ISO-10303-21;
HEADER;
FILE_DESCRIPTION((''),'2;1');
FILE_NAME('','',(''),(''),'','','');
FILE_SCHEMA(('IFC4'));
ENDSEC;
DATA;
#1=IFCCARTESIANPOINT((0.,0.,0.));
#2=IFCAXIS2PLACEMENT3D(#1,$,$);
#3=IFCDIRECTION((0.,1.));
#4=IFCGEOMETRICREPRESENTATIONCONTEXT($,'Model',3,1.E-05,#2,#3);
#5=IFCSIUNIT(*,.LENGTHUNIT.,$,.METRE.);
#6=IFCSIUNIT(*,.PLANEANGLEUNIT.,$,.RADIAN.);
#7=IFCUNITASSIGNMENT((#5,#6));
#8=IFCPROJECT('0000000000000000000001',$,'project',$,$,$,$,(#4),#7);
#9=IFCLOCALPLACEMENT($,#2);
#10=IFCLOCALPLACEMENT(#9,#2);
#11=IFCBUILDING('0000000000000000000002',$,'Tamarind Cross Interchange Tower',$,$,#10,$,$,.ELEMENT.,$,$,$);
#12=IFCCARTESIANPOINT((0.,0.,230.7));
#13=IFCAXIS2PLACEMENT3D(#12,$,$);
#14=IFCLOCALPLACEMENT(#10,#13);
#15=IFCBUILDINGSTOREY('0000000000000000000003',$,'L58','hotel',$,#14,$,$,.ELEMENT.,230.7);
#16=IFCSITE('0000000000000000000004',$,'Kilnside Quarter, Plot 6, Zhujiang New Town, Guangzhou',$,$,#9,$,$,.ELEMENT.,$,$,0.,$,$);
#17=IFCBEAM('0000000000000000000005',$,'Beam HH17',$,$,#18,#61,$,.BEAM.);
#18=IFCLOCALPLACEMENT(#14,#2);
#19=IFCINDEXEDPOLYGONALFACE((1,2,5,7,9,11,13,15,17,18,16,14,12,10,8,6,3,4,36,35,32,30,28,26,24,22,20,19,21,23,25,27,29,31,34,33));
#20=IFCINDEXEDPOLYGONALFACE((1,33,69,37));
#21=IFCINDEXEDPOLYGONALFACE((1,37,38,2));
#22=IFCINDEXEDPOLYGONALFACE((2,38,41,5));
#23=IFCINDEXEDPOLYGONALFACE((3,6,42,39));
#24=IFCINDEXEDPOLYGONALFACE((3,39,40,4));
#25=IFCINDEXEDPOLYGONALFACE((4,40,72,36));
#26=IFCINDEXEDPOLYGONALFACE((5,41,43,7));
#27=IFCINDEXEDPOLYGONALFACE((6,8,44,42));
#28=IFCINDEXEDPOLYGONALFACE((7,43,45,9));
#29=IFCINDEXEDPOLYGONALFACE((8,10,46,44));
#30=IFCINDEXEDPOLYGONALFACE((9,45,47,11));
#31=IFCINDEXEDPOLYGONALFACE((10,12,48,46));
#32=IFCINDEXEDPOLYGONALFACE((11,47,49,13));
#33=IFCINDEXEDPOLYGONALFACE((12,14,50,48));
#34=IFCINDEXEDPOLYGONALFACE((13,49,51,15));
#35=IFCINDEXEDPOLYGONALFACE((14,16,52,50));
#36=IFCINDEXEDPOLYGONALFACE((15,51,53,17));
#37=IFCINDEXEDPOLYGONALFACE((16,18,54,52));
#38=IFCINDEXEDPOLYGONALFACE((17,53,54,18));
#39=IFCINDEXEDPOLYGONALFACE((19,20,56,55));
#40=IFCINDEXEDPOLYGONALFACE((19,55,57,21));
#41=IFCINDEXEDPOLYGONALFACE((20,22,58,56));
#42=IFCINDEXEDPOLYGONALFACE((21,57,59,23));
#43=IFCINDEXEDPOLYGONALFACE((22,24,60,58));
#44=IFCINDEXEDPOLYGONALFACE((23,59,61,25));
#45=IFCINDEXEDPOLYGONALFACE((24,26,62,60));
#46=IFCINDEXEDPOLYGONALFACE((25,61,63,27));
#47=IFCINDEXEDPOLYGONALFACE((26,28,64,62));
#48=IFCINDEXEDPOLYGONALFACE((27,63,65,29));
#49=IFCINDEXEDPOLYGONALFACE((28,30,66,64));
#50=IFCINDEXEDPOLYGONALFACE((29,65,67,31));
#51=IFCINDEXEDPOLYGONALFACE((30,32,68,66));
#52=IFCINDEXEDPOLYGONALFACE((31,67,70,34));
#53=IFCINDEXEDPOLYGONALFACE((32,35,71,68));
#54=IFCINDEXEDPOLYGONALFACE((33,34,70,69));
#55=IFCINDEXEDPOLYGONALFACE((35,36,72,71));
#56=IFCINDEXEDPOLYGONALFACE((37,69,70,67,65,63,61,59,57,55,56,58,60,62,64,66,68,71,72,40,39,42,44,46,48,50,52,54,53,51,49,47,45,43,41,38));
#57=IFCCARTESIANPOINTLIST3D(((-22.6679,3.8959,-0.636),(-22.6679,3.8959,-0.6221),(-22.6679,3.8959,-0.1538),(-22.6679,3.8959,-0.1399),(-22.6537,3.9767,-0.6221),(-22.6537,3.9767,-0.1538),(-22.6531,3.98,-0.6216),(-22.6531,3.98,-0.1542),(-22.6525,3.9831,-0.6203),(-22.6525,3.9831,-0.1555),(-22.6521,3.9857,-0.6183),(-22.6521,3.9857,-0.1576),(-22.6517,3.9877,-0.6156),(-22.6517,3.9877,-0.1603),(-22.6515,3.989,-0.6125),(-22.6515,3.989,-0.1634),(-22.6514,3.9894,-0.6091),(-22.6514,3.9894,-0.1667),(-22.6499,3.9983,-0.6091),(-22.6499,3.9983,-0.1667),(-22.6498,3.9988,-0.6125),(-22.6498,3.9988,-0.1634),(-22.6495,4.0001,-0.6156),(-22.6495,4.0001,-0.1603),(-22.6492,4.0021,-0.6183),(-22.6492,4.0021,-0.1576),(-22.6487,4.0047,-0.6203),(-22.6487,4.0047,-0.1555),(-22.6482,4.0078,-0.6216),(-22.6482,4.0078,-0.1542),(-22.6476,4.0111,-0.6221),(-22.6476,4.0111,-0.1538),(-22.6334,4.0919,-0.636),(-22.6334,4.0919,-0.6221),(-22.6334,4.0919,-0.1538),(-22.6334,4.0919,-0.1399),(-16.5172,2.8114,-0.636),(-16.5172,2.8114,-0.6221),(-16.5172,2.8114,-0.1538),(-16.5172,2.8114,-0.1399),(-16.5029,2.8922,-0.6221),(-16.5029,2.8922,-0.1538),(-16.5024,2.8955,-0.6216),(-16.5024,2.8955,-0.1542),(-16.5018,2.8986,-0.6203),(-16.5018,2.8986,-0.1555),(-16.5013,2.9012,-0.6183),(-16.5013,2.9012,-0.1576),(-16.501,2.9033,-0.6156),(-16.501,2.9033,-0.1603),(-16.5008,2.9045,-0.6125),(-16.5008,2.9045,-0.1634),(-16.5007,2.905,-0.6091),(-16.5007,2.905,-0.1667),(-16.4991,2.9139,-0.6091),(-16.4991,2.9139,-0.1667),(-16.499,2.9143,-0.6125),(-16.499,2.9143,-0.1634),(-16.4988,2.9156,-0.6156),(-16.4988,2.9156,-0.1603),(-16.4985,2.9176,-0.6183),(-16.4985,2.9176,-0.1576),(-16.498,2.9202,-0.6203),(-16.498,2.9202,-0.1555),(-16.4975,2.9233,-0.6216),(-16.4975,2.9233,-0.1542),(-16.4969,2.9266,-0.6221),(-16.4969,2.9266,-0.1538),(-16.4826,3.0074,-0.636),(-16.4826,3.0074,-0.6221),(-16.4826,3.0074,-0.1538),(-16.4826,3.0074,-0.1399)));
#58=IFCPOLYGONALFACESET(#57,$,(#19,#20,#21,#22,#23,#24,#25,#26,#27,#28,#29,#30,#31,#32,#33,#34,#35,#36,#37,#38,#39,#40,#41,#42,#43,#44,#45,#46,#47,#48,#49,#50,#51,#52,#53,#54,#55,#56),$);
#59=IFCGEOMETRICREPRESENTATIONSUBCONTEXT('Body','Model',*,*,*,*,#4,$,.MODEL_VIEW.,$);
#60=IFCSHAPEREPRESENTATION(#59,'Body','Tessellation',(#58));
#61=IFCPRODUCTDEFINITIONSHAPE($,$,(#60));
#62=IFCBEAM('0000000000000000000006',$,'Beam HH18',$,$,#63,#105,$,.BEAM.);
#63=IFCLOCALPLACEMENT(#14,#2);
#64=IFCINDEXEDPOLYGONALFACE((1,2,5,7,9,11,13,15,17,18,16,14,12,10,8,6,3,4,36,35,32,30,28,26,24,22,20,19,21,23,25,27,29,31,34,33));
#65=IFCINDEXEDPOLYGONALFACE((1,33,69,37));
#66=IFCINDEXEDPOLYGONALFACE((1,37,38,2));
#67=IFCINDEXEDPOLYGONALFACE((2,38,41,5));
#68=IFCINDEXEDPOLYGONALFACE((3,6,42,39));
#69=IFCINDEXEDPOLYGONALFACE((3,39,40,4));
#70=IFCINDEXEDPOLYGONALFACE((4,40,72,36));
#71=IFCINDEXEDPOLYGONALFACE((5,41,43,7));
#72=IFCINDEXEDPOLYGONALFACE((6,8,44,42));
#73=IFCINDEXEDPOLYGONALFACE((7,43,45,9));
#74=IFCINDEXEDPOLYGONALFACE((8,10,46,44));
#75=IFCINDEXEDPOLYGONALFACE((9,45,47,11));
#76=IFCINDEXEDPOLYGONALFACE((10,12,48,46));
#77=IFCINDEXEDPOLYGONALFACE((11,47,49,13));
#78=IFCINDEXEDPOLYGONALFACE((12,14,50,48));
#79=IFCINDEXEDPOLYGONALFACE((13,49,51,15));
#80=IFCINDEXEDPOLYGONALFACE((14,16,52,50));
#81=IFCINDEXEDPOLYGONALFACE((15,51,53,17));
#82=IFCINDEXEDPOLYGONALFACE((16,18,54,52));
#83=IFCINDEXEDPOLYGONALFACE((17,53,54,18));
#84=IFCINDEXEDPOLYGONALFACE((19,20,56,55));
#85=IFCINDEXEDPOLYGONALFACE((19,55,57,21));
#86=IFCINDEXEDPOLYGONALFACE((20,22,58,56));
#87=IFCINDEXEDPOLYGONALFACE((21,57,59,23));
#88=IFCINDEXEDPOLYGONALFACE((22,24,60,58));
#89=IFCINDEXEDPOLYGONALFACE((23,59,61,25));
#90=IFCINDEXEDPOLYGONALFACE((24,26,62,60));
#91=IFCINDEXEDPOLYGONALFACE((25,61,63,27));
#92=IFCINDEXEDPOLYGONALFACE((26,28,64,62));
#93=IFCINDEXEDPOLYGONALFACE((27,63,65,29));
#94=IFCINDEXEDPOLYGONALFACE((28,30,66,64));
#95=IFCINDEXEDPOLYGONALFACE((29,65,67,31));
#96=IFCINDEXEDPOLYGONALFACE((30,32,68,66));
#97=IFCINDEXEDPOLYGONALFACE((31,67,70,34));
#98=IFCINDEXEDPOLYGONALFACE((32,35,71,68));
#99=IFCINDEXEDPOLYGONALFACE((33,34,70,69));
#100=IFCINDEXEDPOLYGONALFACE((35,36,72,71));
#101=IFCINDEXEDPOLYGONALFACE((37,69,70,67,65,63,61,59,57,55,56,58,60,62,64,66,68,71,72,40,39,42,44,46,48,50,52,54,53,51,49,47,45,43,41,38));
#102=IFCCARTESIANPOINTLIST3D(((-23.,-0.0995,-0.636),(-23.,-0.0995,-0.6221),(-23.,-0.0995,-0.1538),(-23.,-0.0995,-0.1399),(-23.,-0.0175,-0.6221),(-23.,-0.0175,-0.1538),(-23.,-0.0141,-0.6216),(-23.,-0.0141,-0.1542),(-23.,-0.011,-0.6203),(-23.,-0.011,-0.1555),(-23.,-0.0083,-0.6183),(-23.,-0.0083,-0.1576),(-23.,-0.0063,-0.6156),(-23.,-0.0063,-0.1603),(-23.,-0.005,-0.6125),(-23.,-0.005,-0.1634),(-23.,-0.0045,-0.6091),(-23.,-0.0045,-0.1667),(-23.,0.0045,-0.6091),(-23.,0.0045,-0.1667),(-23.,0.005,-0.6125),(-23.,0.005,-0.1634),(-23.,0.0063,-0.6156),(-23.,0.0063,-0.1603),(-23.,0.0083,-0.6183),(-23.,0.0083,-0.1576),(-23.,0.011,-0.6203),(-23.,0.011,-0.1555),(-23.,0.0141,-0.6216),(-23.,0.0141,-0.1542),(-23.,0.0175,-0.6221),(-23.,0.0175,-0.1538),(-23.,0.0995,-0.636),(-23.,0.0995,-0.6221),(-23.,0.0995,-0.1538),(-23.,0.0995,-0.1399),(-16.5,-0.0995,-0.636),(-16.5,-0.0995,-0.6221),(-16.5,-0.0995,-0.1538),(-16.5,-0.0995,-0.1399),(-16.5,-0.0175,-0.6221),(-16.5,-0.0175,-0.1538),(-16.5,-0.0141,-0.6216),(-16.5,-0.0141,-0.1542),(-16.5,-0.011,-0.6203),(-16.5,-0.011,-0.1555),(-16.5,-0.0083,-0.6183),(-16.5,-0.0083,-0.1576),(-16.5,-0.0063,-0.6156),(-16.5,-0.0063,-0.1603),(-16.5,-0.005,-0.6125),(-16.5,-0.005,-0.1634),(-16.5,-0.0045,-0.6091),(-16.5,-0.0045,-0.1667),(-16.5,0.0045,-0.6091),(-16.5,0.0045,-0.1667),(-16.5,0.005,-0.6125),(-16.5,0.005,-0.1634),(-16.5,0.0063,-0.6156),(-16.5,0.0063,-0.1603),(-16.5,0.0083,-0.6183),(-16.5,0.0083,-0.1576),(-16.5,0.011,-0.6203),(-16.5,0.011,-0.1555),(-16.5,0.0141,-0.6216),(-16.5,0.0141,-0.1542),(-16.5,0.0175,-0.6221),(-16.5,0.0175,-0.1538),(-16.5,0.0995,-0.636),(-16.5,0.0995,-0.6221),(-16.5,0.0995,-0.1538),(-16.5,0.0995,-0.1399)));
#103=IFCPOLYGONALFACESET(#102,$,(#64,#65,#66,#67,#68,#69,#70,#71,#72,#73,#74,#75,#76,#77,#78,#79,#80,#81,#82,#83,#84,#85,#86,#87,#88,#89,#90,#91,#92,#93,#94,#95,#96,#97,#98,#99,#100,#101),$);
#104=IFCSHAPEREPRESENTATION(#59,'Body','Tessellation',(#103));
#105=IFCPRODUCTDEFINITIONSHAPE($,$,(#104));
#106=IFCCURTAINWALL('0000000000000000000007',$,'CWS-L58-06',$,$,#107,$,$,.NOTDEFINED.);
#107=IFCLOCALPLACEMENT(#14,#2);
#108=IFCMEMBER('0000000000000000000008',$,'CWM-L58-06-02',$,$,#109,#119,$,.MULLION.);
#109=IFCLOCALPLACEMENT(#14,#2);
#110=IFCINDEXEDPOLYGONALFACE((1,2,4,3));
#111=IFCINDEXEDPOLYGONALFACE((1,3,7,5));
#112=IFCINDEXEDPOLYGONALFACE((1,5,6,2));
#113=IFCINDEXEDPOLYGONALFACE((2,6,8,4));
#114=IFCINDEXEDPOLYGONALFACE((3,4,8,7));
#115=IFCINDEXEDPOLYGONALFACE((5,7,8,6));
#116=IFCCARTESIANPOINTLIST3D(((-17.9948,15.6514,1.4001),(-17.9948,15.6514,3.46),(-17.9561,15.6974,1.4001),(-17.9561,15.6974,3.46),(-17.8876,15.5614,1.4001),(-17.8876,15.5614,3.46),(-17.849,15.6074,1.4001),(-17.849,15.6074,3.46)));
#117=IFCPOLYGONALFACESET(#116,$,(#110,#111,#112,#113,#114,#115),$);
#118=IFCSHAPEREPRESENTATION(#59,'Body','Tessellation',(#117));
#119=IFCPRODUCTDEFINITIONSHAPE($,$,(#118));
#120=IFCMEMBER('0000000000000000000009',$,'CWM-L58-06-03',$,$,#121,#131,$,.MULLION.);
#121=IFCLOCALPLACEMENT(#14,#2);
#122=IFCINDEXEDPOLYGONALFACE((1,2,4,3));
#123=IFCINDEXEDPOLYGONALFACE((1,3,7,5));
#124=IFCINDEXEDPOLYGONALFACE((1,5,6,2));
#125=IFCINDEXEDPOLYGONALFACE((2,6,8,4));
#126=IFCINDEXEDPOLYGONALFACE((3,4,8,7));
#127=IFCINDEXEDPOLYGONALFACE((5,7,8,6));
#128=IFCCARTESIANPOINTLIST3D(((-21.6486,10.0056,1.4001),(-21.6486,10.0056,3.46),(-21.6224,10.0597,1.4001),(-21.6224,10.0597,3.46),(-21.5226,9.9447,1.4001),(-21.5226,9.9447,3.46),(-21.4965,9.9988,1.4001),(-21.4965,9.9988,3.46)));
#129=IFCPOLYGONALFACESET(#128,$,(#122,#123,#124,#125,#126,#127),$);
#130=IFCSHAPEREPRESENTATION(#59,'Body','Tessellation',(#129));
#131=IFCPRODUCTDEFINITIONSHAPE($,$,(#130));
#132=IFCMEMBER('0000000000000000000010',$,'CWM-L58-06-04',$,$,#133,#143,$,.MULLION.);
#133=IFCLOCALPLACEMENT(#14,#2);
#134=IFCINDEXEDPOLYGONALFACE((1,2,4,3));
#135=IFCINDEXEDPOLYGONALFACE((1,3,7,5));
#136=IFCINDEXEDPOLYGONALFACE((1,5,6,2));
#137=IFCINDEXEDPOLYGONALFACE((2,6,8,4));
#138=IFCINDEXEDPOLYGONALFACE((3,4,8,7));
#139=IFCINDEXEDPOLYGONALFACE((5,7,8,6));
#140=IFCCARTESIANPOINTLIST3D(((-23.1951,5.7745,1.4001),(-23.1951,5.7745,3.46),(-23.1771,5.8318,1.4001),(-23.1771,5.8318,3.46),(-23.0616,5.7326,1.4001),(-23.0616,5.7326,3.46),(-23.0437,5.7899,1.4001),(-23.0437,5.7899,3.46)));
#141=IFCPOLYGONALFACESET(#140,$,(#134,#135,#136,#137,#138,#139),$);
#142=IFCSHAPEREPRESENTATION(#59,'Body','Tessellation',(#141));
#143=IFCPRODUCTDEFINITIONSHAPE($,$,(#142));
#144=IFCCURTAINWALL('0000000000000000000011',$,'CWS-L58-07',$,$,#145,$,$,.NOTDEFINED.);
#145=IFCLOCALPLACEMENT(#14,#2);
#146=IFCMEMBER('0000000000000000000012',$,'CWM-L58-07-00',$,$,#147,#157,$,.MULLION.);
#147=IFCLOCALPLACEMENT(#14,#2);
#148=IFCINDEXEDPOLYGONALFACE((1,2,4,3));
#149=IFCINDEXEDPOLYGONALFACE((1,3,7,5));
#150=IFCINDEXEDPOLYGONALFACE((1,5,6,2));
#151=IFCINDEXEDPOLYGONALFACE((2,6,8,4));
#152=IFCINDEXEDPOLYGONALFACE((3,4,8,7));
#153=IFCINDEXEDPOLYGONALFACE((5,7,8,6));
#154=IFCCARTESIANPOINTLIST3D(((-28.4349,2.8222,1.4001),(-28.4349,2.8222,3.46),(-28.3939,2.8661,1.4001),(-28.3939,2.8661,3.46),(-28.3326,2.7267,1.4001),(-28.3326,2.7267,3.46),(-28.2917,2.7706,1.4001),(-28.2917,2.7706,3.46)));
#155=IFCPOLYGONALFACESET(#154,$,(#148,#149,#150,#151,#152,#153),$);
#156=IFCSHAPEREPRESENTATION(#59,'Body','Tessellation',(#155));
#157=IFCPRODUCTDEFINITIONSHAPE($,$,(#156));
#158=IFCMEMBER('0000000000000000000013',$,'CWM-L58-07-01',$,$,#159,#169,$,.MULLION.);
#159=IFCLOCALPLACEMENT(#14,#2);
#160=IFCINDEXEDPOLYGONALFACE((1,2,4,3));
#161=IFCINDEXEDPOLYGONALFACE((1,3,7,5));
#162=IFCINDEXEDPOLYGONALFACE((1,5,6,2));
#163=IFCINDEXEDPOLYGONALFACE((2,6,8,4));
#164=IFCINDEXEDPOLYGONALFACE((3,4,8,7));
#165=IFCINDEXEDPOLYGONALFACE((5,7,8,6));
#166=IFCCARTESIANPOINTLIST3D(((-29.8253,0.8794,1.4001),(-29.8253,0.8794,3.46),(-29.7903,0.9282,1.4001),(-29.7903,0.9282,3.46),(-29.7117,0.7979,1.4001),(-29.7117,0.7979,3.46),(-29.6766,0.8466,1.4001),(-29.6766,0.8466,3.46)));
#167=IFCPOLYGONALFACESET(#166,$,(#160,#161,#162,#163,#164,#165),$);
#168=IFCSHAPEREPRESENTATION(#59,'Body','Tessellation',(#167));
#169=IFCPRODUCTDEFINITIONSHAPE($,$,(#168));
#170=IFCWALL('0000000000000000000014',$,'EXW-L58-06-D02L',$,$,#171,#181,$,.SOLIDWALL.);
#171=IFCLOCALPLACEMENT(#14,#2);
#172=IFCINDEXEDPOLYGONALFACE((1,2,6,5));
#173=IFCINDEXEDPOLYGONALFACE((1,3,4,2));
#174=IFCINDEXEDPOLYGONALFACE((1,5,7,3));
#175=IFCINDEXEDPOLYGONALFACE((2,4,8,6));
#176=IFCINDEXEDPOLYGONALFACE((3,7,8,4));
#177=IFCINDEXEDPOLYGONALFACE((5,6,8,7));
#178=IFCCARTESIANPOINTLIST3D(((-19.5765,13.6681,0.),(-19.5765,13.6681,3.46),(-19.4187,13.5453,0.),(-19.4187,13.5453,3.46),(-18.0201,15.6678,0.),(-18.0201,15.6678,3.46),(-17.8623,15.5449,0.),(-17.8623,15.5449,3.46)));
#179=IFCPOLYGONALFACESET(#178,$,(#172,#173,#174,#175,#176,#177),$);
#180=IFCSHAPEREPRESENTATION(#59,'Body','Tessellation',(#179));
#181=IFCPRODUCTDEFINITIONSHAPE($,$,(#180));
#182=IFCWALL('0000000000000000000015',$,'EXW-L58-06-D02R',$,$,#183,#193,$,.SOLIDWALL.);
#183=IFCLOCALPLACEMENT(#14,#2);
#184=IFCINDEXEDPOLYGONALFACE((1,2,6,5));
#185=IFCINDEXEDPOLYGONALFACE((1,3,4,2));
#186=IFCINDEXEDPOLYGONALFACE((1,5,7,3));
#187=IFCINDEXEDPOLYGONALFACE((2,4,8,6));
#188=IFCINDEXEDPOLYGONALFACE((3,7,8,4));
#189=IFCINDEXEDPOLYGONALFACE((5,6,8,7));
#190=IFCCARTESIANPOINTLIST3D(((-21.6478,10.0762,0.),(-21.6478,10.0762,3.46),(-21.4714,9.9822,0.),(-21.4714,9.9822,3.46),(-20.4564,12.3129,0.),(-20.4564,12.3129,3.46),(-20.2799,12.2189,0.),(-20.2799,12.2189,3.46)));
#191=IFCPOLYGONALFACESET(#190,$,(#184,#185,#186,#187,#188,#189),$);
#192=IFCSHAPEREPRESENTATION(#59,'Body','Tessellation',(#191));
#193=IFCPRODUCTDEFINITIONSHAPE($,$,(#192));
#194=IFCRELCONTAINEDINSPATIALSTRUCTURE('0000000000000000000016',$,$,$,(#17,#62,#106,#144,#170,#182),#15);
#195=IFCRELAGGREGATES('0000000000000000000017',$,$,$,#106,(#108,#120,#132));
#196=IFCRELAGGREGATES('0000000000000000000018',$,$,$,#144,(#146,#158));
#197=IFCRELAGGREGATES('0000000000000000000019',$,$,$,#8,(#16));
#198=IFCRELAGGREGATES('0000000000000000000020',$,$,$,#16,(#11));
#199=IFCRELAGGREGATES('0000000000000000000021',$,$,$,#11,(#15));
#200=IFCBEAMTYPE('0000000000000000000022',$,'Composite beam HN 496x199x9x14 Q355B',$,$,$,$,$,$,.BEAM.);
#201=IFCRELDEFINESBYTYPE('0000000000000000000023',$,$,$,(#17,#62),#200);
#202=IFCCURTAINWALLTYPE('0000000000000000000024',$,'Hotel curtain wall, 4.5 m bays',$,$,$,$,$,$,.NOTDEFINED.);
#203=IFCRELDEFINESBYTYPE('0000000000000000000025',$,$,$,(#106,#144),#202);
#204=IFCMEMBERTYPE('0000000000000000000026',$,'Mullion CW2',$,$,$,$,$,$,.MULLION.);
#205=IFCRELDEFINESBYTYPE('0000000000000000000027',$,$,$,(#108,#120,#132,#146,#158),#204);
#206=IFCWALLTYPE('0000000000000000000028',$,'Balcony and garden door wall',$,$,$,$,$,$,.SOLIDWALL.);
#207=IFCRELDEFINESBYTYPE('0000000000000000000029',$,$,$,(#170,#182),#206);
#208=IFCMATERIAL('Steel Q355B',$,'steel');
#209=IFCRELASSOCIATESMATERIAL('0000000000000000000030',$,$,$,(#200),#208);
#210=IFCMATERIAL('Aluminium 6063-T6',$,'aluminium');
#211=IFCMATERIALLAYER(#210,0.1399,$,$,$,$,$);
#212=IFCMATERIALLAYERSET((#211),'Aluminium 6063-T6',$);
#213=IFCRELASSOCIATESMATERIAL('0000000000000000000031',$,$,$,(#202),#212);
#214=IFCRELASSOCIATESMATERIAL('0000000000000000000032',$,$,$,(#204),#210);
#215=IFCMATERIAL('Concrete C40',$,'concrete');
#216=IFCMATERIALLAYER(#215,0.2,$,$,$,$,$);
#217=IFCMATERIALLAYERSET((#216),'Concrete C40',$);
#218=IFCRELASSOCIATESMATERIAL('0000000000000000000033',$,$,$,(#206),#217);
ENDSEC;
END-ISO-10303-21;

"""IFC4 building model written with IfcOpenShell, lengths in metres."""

from ifc_helpers import new_model, si_unit, direction, frame, frame_2d, origin, origin_2d, place, context, subcontext, project, spatial, rectangle, i_section, extrude, material, layer, layer_set, material_profile, profile_set, type_object, element, aggregate, save


model = new_model("IFC4")

# Units and contexts
model_context = context("Model", 3, precision=1e-05, world=origin(), true_north=direction((0.0, 1.0)))
body_context = subcontext(model_context, "Body", "Model", "MODEL_VIEW")
ifc_project = project(units=[si_unit("LENGTHUNIT", "METRE"), si_unit("PLANEANGLEUNIT", "RADIAN")], contexts=[model_context])

# Site, building, storey
site_placement = place(None, origin())
site = spatial("IfcSite", under=ifc_project, at=site_placement, Name="Kilnside Quarter, Plot 6, Zhujiang New Town, Guangzhou", CompositionType="ELEMENT", RefElevation=0.0)
building_placement = place(site_placement, origin())
building = spatial("IfcBuilding", under=site, at=building_placement, Name="Tamarind Cross Interchange Tower", CompositionType="ELEMENT")
storey_placement = place(building_placement, frame((0.0, 0.0, 230.7)))
storey = spatial("IfcBuildingStorey", under=building, at=storey_placement, Name="L58", Description="hotel", CompositionType="ELEMENT", Elevation=230.7)

# Beams
ifc_material_1 = material(Name="Steel Q355B", Category="steel")
ifc_material_profile_1 = material_profile(ifc_material_1, i_section(OverallWidth=0.199, OverallDepth=0.4961, WebThickness=0.009, FlangeThickness=0.0139, FilletRadius=0.0129, at=origin_2d()), Name="HN 496x199x9x14")
ifc_profile_set_1 = profile_set([ifc_material_profile_1], Name="Steel Q355B")
beam_type = type_object("IfcBeamType", Name="Composite beam HN 496x199x9x14 Q355B", PredefinedType="BEAM", material=ifc_profile_set_1)
beam_1_placement = place(storey_placement, frame((-22.6506, 3.9939, -0.3879), z_axis=(0.984809, -0.17364, 0.0), x_axis=(0.17364, 0.984809, 0.0)))
element("IfcBeam", 1, at=beam_1_placement, inside=storey, type_object=beam_type, Name="Beam HH17", PredefinedType="BEAM", context=body_context, shape_type="SweptSolid", body=[
    extrude(i_section(OverallWidth=0.199, OverallDepth=0.4961, WebThickness=0.009, FlangeThickness=0.0139, FilletRadius=0.0129, at=origin_2d()), origin(), (0.0, 0.0, 1.0), 6.2456),
])
beam_2_placement = place(storey_placement, frame((-23.0, 0.0, -0.3879), z_axis=(1.0, 0.0, 0.0), x_axis=(0.0, 1.0, 0.0)))
element("IfcBeam", 2, at=beam_2_placement, inside=storey, type_object=beam_type, Name="Beam HH18", PredefinedType="BEAM", context=body_context, shape_type="SweptSolid", body=[
    extrude(i_section(OverallWidth=0.199, OverallDepth=0.4961, WebThickness=0.009, FlangeThickness=0.0139, FilletRadius=0.0129, at=origin_2d()), origin(), (0.0, 0.0, 1.0), 6.5),
])

# Curtain walls, members
ifc_material_2 = material(Name="Aluminium 6063-T6", Category="aluminium")
ifc_layer_1 = layer(ifc_material_2, 0.1399)
ifc_layer_set_1 = layer_set([ifc_layer_1], Name="Aluminium 6063-T6")
curtain_wall_type = type_object("IfcCurtainWallType", Name="Hotel curtain wall, 4.5 m bays", PredefinedType="NOTDEFINED", material=ifc_layer_set_1)
curtain_wall_1_placement = place(storey_placement, origin())
curtain_wall_1 = element("IfcCurtainWall", 3, at=curtain_wall_1_placement, inside=storey, type_object=curtain_wall_type, Name="CWS-L58-06", PredefinedType="NOTDEFINED")
ifc_material_profile_2 = material_profile(ifc_material_2, rectangle(XDim=0.0601, YDim=0.1399, at=origin_2d()), Name="Mullion CW2")
ifc_profile_set_2 = profile_set([ifc_material_profile_2], Name="Aluminium 6063-T6")
member_type = type_object("IfcMemberType", Name="Mullion CW2", PredefinedType="MULLION", material=ifc_profile_set_2)
member_1_placement = place(storey_placement, frame((-17.9219, 15.6294, 1.4001), z_axis=(0.0, 0.0, 1.0), x_axis=(-0.643009, -0.765858, 0.0)))
member_1 = element("IfcMember", 4, at=member_1_placement, type_object=member_type, Name="CWM-L58-06-02", PredefinedType="MULLION", context=body_context, shape_type="SweptSolid", body=[
    extrude(rectangle(XDim=0.0601, YDim=0.1399, at=origin_2d()), origin(), (0.0, 0.0, 1.0), 2.0598),
])
member_2_placement = place(storey_placement, frame((-21.5725, 10.0022, 1.4001), z_axis=(0.0, 0.0, 1.0), x_axis=(-0.435326, -0.900273, 0.0)))
member_2 = element("IfcMember", 5, at=member_2_placement, type_object=member_type, Name="CWM-L58-06-03", PredefinedType="MULLION", context=body_context, shape_type="SweptSolid", body=[
    extrude(rectangle(XDim=0.0601, YDim=0.1399, at=origin_2d()), origin(), (0.0, 0.0, 1.0), 2.0598),
])
member_3_placement = place(storey_placement, frame((-23.1194, 5.7822, 1.4001), z_axis=(0.0, 0.0, 1.0), x_axis=(-0.299407, -0.954125, 0.0)))
member_3 = element("IfcMember", 6, at=member_3_placement, type_object=member_type, Name="CWM-L58-06-04", PredefinedType="MULLION", context=body_context, shape_type="SweptSolid", body=[
    extrude(rectangle(XDim=0.0601, YDim=0.1399, at=origin_2d()), origin(), (0.0, 0.0, 1.0), 2.0598),
])
aggregate(curtain_wall_1, [member_1, member_2, member_3])
curtain_wall_2_placement = place(storey_placement, origin())
curtain_wall_2 = element("IfcCurtainWall", 7, at=curtain_wall_2_placement, inside=storey, type_object=curtain_wall_type, Name="CWS-L58-07", PredefinedType="NOTDEFINED")
member_4_placement = place(storey_placement, frame((-28.3633, 2.7964, 1.4001), z_axis=(0.0, 0.0, 1.0), x_axis=(-0.682455, -0.730927, 0.0)))
member_4 = element("IfcMember", 8, at=member_4_placement, type_object=member_type, Name="CWM-L58-07-00", PredefinedType="MULLION", context=body_context, shape_type="SweptSolid", body=[
    extrude(rectangle(XDim=0.0601, YDim=0.1399, at=origin_2d()), origin(), (0.0, 0.0, 1.0), 2.0598),
])
member_5_placement = place(storey_placement, frame((-29.751, 0.863, 1.4001), z_axis=(0.0, 0.0, 1.0), x_axis=(-0.583122, -0.812385, 0.0)))
member_5 = element("IfcMember", 9, at=member_5_placement, type_object=member_type, Name="CWM-L58-07-01", PredefinedType="MULLION", context=body_context, shape_type="SweptSolid", body=[
    extrude(rectangle(XDim=0.0601, YDim=0.1399, at=origin_2d()), origin(), (0.0, 0.0, 1.0), 2.0598),
])
aggregate(curtain_wall_2, [member_4, member_5])

# Walls
ifc_material_3 = material(Name="Concrete C40", Category="concrete")
ifc_layer_2 = layer(ifc_material_3, 0.2)
ifc_layer_set_2 = layer_set([ifc_layer_2], Name="Concrete C40")
wall_type_1 = type_object("IfcWallType", Name="Balcony and garden door wall", PredefinedType="SOLIDWALL", material=ifc_layer_set_2)
wall_1_placement = place(storey_placement, frame((-17.9412, 15.6064, 0.0), z_axis=(0.0, 0.0, 1.0), x_axis=(-0.614194, -0.789155, 0.0)))
element("IfcWall", 10, at=wall_1_placement, inside=storey, type_object=wall_type_1, Name="EXW-L58-06-D02L", PredefinedType="SOLIDWALL", context=body_context, shape_type="SweptSolid", body=[
    extrude(rectangle(XDim=2.5339, YDim=0.2, at=frame_2d((1.2671, 0.0))), origin(), (0.0, 0.0, 1.0), 3.46),
])
wall_2_placement = place(storey_placement, frame((-20.3682, 12.2659, 0.0), z_axis=(0.0, 0.0, 1.0), x_axis=(-0.470148, -0.882588, 0.0)))
element("IfcWall", 11, at=wall_2_placement, inside=storey, type_object=wall_type_1, Name="EXW-L58-06-D02R", PredefinedType="SOLIDWALL", context=body_context, shape_type="SweptSolid", body=[
    extrude(rectangle(XDim=2.5342, YDim=0.2, at=frame_2d((1.2671, 0.0))), origin(), (0.0, 0.0, 1.0), 3.46),
])

save(model, "model.ifc")
